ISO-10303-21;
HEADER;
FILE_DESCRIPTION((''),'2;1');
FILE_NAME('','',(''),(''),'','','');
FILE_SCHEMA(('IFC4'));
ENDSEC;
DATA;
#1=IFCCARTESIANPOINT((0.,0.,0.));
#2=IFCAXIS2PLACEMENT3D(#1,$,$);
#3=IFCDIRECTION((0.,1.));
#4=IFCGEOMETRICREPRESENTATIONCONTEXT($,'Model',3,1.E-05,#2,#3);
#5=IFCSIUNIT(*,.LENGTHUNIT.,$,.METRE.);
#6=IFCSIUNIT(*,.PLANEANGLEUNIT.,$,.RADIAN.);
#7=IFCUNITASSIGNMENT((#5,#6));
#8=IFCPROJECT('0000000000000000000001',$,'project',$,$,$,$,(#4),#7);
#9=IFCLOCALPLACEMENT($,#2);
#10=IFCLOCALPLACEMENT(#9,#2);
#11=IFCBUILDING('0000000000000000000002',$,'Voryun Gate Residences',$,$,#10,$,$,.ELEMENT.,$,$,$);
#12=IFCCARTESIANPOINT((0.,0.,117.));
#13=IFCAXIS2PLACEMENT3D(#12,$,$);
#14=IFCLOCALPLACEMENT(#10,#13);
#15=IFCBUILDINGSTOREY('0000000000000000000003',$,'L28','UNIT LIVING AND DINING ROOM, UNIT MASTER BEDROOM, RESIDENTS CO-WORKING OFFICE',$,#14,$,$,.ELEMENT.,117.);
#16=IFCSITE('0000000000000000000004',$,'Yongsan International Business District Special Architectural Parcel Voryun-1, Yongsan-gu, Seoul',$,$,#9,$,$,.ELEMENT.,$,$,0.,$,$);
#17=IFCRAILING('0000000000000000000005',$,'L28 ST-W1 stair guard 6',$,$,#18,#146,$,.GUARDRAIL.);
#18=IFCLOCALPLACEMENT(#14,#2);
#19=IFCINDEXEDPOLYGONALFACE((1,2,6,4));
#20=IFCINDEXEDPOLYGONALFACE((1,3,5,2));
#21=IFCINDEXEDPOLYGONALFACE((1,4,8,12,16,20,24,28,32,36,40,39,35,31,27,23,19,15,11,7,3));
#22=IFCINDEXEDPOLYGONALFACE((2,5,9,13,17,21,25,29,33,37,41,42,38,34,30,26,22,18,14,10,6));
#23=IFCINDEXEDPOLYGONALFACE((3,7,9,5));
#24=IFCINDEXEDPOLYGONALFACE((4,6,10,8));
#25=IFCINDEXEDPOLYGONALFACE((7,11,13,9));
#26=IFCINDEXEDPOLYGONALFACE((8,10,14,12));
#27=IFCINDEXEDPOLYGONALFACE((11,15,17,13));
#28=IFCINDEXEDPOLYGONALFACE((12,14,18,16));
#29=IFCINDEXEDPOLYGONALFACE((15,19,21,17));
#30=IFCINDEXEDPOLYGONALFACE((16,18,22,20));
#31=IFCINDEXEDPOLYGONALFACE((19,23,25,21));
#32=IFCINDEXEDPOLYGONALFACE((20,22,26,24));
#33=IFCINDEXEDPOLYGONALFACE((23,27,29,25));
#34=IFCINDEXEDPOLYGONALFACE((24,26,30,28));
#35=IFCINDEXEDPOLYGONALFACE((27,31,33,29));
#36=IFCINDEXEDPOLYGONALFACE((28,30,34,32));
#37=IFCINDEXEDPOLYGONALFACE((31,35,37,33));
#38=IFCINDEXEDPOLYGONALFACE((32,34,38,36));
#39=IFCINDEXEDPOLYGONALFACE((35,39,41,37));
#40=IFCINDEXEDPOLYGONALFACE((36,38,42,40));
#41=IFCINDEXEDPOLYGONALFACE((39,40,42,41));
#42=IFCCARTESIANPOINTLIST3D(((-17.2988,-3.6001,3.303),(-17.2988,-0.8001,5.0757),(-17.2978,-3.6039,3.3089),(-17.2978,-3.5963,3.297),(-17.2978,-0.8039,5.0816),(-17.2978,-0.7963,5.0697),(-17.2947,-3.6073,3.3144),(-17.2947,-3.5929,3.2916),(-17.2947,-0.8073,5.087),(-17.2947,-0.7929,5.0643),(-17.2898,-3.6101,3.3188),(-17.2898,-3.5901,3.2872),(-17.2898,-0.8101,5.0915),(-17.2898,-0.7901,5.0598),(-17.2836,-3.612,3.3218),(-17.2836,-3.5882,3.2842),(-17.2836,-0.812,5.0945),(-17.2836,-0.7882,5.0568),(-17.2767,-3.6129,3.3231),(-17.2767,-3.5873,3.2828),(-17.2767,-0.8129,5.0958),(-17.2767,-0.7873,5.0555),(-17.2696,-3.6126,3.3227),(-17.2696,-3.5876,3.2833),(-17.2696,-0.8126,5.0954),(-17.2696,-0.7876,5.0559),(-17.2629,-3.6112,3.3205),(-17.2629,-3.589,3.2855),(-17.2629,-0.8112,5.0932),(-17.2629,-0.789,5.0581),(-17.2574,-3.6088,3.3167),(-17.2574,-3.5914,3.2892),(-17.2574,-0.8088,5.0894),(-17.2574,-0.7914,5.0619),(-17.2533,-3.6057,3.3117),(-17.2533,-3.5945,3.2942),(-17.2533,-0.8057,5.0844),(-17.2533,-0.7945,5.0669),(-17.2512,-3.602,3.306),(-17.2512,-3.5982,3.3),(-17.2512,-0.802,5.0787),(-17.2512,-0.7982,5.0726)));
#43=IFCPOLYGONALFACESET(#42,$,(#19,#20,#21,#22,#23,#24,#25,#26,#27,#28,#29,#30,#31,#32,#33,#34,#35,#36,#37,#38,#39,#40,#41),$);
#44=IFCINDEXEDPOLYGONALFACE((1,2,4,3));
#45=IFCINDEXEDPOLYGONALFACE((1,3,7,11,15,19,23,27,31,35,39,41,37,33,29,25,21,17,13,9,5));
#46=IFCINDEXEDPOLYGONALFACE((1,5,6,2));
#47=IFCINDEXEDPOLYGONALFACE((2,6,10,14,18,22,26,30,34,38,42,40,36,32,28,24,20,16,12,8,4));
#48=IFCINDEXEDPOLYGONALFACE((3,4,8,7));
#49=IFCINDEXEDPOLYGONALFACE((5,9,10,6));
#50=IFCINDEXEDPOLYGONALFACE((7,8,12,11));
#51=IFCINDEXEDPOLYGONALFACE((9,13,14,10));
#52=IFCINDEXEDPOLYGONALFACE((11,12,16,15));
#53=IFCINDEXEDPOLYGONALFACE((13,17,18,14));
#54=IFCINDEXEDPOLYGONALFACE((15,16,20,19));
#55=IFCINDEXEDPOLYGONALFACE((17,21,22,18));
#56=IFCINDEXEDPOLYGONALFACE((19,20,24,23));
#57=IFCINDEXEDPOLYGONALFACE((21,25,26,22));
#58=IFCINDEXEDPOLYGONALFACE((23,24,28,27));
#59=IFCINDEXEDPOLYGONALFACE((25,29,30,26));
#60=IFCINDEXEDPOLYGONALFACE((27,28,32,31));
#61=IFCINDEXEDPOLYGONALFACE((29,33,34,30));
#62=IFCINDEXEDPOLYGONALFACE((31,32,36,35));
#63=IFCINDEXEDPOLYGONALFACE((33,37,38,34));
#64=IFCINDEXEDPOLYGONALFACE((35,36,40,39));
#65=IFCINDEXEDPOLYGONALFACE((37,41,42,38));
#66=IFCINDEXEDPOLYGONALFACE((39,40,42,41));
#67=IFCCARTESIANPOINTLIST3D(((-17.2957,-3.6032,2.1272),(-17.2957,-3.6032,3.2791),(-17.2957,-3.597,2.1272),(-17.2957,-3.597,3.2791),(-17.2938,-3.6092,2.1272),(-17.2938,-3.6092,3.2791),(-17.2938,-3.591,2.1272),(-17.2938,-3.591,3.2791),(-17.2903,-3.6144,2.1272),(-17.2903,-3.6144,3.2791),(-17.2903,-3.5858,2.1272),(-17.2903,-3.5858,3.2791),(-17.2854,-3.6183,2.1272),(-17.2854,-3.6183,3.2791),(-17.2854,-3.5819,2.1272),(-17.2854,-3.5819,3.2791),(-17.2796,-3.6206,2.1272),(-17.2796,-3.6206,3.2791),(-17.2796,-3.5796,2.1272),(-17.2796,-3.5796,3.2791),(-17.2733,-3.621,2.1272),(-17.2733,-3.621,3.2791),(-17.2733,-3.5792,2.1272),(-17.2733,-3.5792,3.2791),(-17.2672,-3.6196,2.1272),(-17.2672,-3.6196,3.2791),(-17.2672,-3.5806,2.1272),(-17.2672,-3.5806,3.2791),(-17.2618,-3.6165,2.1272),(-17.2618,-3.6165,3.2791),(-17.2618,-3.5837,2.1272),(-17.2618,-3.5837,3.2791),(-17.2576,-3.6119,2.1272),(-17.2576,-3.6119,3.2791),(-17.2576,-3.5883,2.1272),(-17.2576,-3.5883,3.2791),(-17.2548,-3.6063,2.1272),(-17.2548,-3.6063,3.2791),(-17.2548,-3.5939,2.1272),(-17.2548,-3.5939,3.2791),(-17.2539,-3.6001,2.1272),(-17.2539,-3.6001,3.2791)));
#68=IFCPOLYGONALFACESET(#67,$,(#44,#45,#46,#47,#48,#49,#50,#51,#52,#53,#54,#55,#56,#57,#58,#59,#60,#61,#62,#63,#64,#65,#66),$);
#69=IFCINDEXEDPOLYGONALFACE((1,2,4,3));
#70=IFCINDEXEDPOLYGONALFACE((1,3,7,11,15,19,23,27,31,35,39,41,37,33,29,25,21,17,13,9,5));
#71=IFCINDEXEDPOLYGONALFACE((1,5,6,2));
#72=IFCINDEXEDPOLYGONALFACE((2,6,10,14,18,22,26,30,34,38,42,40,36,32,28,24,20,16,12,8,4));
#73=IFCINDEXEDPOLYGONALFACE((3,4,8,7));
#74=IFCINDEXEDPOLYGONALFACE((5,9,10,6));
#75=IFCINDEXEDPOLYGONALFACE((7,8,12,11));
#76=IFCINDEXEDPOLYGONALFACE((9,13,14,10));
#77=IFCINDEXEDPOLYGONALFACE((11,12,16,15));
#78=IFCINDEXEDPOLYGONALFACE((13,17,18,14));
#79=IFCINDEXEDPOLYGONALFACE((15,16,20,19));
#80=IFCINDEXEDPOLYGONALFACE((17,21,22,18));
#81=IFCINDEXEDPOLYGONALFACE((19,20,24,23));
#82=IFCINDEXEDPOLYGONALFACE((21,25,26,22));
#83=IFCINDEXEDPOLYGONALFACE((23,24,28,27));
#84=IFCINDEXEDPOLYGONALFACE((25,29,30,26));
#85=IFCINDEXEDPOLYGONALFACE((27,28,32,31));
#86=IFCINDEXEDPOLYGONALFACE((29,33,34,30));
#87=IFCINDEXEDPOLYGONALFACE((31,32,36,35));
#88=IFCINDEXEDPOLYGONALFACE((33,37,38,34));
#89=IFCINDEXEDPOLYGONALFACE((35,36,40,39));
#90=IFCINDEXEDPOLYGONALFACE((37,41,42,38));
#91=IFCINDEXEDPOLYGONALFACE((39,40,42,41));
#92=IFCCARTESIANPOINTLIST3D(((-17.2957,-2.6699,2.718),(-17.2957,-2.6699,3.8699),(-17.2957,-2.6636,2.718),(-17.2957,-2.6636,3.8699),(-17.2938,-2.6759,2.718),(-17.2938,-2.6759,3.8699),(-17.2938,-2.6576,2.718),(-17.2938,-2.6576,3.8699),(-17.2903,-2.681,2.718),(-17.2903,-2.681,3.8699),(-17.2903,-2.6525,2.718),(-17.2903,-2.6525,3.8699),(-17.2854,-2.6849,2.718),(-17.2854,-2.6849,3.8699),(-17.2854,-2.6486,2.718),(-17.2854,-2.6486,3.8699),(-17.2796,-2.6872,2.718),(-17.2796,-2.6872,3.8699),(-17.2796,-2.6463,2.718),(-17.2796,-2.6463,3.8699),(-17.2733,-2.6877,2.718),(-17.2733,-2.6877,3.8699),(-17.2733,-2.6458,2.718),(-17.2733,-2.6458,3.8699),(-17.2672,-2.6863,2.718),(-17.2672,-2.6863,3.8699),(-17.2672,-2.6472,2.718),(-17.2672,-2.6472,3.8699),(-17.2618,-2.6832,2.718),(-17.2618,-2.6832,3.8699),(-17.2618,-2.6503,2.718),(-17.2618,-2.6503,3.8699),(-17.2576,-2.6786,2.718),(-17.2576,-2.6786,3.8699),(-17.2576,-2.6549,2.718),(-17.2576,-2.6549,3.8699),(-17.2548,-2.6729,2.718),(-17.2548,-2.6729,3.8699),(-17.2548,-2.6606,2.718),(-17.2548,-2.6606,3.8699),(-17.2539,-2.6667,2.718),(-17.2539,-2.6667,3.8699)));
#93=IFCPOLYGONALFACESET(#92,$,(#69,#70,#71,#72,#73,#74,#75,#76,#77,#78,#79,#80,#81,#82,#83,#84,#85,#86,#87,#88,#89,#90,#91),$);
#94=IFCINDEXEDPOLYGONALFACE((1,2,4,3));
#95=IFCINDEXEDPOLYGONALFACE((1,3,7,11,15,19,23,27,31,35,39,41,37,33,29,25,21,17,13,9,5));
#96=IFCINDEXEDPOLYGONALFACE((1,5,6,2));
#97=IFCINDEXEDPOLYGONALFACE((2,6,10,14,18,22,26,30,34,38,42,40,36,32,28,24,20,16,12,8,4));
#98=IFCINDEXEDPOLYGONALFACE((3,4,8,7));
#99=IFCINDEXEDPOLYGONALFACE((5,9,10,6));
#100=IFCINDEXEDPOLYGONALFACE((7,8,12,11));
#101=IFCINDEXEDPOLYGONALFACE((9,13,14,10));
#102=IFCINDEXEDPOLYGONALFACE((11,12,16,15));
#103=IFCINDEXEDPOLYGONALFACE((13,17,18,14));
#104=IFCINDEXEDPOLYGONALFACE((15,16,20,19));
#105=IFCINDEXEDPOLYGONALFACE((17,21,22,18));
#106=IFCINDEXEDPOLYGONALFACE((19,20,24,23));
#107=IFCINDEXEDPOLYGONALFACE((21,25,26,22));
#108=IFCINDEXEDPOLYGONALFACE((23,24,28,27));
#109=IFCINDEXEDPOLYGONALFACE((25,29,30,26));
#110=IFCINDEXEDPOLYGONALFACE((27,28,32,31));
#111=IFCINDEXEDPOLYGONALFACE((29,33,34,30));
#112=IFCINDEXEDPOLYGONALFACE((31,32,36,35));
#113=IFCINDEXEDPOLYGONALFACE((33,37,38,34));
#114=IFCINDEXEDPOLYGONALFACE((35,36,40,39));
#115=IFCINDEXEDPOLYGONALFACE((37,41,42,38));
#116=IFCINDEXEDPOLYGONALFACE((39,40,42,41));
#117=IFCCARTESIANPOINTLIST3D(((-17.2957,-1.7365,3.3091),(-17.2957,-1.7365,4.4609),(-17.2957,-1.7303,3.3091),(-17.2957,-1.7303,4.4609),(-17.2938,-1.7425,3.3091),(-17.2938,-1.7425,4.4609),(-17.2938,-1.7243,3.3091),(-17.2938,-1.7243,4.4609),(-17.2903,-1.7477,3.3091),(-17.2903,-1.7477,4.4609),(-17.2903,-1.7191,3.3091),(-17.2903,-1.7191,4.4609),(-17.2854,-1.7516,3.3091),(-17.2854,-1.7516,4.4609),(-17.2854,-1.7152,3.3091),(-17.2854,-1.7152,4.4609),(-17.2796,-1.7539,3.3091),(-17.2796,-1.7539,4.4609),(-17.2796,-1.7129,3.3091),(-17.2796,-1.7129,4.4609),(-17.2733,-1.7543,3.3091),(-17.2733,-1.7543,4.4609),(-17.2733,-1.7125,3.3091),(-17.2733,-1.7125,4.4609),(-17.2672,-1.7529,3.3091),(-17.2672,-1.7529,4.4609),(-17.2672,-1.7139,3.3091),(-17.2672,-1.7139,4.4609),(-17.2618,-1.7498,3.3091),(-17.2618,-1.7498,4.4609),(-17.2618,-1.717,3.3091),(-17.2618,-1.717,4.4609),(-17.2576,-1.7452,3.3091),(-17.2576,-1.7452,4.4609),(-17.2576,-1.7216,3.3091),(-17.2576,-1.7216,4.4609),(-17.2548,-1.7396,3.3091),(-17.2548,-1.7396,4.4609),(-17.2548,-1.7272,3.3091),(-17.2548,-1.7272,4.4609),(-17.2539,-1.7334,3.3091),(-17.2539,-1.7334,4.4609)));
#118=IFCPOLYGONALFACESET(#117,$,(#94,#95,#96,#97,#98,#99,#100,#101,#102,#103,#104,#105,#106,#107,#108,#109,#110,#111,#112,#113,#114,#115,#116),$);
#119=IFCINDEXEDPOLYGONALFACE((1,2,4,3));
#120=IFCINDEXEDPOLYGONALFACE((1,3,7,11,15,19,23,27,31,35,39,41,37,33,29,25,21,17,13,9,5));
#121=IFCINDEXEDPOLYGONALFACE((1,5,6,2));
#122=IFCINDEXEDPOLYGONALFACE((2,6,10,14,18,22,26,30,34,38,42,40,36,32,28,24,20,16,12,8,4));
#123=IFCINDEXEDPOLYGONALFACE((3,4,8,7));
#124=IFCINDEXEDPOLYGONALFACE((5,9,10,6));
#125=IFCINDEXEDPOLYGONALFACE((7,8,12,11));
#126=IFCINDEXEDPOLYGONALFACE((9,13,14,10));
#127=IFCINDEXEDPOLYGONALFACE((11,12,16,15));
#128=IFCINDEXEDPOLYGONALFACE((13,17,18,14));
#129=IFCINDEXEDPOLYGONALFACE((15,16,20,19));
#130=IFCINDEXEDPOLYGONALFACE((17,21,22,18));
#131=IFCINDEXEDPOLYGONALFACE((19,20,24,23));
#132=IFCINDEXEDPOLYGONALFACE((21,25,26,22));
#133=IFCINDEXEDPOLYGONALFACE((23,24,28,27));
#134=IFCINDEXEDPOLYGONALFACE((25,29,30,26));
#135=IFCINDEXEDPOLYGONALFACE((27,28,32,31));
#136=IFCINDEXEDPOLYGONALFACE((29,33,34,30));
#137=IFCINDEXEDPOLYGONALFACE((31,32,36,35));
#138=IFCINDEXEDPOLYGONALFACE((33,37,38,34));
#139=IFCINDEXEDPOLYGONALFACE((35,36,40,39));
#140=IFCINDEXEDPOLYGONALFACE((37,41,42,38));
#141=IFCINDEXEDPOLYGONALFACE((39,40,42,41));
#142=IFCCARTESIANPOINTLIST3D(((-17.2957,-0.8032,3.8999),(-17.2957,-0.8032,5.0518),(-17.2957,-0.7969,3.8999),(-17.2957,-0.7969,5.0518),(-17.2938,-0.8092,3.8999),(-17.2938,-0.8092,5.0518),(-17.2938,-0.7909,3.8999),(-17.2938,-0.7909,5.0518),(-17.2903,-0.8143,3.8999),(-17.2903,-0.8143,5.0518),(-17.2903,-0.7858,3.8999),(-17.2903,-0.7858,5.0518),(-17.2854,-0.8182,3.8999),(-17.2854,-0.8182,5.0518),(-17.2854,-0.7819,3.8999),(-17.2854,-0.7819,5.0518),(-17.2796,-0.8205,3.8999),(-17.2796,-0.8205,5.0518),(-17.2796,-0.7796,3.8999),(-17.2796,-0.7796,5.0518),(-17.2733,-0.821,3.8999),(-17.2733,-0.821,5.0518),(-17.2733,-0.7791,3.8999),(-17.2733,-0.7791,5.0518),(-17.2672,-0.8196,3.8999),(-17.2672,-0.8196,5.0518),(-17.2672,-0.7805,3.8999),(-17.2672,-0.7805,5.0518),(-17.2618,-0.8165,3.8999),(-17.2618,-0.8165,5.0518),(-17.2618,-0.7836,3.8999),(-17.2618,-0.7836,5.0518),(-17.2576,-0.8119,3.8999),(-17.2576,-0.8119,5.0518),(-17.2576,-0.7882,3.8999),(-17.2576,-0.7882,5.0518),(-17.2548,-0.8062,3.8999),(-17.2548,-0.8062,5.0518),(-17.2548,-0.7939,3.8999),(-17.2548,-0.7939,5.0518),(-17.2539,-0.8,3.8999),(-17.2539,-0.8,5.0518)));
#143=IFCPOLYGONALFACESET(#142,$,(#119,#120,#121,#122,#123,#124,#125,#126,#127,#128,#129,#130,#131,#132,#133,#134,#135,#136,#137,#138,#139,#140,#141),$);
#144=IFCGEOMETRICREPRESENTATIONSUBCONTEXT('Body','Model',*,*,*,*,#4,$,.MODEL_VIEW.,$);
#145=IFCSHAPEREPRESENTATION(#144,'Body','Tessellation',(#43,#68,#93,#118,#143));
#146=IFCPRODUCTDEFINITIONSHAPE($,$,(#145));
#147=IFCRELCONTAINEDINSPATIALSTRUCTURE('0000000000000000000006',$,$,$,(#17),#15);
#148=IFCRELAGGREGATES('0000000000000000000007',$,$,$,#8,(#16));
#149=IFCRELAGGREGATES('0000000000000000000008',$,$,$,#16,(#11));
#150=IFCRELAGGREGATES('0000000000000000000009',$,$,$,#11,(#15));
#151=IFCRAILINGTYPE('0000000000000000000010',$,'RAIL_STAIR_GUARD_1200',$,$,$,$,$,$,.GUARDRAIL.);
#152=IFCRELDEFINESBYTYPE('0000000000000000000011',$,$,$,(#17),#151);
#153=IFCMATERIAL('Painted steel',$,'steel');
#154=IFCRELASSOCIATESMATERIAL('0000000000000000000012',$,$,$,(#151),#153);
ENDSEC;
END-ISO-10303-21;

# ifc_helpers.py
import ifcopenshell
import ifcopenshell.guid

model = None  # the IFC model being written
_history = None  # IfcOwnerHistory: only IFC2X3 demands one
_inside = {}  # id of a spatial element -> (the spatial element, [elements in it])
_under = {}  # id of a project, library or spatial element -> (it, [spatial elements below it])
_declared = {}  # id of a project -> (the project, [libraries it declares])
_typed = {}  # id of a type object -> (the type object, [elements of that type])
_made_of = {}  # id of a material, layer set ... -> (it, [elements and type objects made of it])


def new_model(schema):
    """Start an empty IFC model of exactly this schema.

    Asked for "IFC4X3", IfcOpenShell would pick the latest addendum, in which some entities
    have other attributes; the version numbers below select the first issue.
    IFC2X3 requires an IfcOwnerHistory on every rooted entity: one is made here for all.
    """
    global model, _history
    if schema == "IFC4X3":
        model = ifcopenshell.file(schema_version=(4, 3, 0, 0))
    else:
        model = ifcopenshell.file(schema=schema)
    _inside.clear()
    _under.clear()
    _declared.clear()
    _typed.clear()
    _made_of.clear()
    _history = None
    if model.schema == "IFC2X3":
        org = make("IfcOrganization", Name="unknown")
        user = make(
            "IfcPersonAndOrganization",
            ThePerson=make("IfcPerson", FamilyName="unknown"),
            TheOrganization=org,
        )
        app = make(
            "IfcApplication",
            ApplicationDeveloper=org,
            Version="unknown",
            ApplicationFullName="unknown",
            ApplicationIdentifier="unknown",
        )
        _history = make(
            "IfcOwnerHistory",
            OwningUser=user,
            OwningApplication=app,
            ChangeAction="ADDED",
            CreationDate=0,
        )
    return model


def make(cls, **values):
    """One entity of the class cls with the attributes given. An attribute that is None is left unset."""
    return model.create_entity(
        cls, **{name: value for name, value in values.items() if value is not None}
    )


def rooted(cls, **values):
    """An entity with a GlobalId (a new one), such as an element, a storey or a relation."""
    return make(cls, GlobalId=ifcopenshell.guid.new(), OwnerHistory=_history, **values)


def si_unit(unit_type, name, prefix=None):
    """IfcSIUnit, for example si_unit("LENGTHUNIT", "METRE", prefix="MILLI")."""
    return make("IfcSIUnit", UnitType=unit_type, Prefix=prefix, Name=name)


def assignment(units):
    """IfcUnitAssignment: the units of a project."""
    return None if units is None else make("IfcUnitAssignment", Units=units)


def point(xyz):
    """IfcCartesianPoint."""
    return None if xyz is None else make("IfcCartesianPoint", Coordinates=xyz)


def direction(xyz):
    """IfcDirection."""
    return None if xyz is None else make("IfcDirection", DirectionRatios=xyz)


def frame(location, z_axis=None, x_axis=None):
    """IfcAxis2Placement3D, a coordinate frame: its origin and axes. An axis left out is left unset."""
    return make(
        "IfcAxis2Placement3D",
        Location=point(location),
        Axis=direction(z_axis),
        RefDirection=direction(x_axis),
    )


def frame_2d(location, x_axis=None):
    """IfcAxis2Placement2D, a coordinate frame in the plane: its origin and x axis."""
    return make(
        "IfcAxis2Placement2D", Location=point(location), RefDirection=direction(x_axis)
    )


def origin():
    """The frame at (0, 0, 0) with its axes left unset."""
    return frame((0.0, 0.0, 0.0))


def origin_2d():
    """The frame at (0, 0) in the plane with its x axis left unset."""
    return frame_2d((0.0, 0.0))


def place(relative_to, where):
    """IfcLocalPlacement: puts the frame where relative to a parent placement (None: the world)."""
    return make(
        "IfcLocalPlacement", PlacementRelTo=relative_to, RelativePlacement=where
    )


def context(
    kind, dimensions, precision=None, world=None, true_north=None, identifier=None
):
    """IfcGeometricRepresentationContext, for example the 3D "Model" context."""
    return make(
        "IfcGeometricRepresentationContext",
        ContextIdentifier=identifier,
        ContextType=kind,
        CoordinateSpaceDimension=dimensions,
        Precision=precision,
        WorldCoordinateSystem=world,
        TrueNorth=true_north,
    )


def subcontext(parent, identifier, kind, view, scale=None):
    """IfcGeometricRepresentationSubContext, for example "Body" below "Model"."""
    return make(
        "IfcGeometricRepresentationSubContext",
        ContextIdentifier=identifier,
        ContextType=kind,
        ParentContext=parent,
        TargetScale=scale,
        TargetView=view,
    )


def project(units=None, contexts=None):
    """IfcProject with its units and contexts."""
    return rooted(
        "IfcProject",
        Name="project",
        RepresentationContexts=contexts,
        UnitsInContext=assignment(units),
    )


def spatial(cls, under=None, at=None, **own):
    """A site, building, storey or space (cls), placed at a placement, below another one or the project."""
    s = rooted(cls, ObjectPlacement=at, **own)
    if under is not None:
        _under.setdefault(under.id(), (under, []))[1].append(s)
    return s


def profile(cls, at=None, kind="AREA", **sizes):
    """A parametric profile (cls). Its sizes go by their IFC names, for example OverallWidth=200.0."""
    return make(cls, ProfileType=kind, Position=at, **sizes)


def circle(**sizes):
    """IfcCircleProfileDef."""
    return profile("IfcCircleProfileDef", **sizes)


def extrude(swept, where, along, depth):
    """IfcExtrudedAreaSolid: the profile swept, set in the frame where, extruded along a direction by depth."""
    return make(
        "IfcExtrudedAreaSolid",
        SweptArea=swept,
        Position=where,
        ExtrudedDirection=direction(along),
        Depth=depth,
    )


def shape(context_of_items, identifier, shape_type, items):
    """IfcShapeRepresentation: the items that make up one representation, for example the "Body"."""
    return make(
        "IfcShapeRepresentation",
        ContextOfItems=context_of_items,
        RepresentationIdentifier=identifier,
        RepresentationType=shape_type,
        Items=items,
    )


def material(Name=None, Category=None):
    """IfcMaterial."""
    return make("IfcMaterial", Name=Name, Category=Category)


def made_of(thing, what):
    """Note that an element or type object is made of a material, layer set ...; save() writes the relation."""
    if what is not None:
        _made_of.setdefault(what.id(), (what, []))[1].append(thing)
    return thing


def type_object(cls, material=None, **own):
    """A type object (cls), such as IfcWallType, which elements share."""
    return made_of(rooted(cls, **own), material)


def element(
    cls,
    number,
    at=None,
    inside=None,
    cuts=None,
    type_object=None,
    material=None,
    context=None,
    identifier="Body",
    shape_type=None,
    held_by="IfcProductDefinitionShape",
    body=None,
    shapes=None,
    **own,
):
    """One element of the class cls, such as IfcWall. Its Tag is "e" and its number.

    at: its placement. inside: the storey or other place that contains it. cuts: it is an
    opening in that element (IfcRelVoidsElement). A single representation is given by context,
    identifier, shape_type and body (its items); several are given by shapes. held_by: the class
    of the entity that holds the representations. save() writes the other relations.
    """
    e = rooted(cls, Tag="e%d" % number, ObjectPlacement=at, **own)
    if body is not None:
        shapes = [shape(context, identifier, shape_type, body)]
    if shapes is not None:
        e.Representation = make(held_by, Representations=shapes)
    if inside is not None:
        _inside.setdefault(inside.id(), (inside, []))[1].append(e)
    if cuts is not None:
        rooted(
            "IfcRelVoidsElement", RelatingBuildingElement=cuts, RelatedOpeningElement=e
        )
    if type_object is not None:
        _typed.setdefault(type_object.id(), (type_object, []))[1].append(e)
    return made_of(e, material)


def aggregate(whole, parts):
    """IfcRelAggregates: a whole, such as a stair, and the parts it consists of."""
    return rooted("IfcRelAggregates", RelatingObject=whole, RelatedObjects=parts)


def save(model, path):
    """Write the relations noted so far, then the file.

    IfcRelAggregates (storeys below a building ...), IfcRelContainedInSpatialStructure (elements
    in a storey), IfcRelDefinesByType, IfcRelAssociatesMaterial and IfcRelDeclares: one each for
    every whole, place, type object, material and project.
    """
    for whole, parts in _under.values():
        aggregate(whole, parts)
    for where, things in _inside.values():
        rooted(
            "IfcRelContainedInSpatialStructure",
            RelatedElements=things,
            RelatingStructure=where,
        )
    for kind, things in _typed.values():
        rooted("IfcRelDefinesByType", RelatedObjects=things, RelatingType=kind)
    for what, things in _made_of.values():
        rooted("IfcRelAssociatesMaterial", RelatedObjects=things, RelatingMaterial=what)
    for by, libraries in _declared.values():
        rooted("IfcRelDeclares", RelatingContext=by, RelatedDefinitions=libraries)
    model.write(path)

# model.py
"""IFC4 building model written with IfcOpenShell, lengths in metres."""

from ifc_helpers import new_model, si_unit, direction, frame, origin, origin_2d, place, context, subcontext, project, spatial, circle, extrude, material, type_object, element, save


model = new_model("IFC4")

# Units and contexts
model_context = context("Model", 3, precision=1e-05, world=origin(), true_north=direction((0.0, 1.0)))
body_context = subcontext(model_context, "Body", "Model", "MODEL_VIEW")
ifc_project = project(units=[si_unit("LENGTHUNIT", "METRE"), si_unit("PLANEANGLEUNIT", "RADIAN")], contexts=[model_context])

# Site, building, storey
site_placement = place(None, origin())
site = spatial("IfcSite", under=ifc_project, at=site_placement, Name="Yongsan International Business District Special Architectural Parcel Voryun-1, Yongsan-gu, Seoul", CompositionType="ELEMENT", RefElevation=0.0)
building_placement = place(site_placement, origin())
building = spatial("IfcBuilding", under=site, at=building_placement, Name="Voryun Gate Residences", CompositionType="ELEMENT")
storey_placement = place(building_placement, frame((0.0, 0.0, 117.0)))
storey = spatial("IfcBuildingStorey", under=building, at=storey_placement, Name="L28", Description="UNIT LIVING AND DINING ROOM, UNIT MASTER BEDROOM, RESIDENTS CO-WORKING OFFICE", CompositionType="ELEMENT", Elevation=117.0)

# Railing
ifc_material_1 = material(Name="Painted steel", Category="steel")
railing_type_1 = type_object("IfcRailingType", Name="RAIL_STAIR_GUARD_1200", PredefinedType="GUARDRAIL", material=ifc_material_1)
railing_1_placement = place(storey_placement, frame((-17.2749, -3.6001, 2.1272)))
element("IfcRailing", 1, at=railing_1_placement, inside=storey, type_object=railing_type_1, Name="L28 ST-W1 stair guard 6", PredefinedType="GUARDRAIL", context=body_context, shape_type="SweptSolid", body=[
    extrude(circle(Radius=0.0239, at=origin_2d()), frame((0.0, 0.0, 1.1758), z_axis=(0.0, 0.844909, 0.53491), x_axis=(-1.0, 0.0, 0.0)), (0.0, 0.0, 1.0), 3.314),
    extrude(circle(Radius=0.021, at=origin_2d()), origin(), (0.0, 0.0, 1.0), 1.1519),
    extrude(circle(Radius=0.021, at=origin_2d()), frame((0.0, 0.9333, 0.5908)), (0.0, 0.0, 1.0), 1.1519),
    extrude(circle(Radius=0.021, at=origin_2d()), frame((0.0, 1.8667, 1.1819)), (0.0, 0.0, 1.0), 1.1519),
    extrude(circle(Radius=0.021, at=origin_2d()), frame((0.0, 2.8, 1.7727)), (0.0, 0.0, 1.0), 1.1519),
])

save(model, "model.ifc")
